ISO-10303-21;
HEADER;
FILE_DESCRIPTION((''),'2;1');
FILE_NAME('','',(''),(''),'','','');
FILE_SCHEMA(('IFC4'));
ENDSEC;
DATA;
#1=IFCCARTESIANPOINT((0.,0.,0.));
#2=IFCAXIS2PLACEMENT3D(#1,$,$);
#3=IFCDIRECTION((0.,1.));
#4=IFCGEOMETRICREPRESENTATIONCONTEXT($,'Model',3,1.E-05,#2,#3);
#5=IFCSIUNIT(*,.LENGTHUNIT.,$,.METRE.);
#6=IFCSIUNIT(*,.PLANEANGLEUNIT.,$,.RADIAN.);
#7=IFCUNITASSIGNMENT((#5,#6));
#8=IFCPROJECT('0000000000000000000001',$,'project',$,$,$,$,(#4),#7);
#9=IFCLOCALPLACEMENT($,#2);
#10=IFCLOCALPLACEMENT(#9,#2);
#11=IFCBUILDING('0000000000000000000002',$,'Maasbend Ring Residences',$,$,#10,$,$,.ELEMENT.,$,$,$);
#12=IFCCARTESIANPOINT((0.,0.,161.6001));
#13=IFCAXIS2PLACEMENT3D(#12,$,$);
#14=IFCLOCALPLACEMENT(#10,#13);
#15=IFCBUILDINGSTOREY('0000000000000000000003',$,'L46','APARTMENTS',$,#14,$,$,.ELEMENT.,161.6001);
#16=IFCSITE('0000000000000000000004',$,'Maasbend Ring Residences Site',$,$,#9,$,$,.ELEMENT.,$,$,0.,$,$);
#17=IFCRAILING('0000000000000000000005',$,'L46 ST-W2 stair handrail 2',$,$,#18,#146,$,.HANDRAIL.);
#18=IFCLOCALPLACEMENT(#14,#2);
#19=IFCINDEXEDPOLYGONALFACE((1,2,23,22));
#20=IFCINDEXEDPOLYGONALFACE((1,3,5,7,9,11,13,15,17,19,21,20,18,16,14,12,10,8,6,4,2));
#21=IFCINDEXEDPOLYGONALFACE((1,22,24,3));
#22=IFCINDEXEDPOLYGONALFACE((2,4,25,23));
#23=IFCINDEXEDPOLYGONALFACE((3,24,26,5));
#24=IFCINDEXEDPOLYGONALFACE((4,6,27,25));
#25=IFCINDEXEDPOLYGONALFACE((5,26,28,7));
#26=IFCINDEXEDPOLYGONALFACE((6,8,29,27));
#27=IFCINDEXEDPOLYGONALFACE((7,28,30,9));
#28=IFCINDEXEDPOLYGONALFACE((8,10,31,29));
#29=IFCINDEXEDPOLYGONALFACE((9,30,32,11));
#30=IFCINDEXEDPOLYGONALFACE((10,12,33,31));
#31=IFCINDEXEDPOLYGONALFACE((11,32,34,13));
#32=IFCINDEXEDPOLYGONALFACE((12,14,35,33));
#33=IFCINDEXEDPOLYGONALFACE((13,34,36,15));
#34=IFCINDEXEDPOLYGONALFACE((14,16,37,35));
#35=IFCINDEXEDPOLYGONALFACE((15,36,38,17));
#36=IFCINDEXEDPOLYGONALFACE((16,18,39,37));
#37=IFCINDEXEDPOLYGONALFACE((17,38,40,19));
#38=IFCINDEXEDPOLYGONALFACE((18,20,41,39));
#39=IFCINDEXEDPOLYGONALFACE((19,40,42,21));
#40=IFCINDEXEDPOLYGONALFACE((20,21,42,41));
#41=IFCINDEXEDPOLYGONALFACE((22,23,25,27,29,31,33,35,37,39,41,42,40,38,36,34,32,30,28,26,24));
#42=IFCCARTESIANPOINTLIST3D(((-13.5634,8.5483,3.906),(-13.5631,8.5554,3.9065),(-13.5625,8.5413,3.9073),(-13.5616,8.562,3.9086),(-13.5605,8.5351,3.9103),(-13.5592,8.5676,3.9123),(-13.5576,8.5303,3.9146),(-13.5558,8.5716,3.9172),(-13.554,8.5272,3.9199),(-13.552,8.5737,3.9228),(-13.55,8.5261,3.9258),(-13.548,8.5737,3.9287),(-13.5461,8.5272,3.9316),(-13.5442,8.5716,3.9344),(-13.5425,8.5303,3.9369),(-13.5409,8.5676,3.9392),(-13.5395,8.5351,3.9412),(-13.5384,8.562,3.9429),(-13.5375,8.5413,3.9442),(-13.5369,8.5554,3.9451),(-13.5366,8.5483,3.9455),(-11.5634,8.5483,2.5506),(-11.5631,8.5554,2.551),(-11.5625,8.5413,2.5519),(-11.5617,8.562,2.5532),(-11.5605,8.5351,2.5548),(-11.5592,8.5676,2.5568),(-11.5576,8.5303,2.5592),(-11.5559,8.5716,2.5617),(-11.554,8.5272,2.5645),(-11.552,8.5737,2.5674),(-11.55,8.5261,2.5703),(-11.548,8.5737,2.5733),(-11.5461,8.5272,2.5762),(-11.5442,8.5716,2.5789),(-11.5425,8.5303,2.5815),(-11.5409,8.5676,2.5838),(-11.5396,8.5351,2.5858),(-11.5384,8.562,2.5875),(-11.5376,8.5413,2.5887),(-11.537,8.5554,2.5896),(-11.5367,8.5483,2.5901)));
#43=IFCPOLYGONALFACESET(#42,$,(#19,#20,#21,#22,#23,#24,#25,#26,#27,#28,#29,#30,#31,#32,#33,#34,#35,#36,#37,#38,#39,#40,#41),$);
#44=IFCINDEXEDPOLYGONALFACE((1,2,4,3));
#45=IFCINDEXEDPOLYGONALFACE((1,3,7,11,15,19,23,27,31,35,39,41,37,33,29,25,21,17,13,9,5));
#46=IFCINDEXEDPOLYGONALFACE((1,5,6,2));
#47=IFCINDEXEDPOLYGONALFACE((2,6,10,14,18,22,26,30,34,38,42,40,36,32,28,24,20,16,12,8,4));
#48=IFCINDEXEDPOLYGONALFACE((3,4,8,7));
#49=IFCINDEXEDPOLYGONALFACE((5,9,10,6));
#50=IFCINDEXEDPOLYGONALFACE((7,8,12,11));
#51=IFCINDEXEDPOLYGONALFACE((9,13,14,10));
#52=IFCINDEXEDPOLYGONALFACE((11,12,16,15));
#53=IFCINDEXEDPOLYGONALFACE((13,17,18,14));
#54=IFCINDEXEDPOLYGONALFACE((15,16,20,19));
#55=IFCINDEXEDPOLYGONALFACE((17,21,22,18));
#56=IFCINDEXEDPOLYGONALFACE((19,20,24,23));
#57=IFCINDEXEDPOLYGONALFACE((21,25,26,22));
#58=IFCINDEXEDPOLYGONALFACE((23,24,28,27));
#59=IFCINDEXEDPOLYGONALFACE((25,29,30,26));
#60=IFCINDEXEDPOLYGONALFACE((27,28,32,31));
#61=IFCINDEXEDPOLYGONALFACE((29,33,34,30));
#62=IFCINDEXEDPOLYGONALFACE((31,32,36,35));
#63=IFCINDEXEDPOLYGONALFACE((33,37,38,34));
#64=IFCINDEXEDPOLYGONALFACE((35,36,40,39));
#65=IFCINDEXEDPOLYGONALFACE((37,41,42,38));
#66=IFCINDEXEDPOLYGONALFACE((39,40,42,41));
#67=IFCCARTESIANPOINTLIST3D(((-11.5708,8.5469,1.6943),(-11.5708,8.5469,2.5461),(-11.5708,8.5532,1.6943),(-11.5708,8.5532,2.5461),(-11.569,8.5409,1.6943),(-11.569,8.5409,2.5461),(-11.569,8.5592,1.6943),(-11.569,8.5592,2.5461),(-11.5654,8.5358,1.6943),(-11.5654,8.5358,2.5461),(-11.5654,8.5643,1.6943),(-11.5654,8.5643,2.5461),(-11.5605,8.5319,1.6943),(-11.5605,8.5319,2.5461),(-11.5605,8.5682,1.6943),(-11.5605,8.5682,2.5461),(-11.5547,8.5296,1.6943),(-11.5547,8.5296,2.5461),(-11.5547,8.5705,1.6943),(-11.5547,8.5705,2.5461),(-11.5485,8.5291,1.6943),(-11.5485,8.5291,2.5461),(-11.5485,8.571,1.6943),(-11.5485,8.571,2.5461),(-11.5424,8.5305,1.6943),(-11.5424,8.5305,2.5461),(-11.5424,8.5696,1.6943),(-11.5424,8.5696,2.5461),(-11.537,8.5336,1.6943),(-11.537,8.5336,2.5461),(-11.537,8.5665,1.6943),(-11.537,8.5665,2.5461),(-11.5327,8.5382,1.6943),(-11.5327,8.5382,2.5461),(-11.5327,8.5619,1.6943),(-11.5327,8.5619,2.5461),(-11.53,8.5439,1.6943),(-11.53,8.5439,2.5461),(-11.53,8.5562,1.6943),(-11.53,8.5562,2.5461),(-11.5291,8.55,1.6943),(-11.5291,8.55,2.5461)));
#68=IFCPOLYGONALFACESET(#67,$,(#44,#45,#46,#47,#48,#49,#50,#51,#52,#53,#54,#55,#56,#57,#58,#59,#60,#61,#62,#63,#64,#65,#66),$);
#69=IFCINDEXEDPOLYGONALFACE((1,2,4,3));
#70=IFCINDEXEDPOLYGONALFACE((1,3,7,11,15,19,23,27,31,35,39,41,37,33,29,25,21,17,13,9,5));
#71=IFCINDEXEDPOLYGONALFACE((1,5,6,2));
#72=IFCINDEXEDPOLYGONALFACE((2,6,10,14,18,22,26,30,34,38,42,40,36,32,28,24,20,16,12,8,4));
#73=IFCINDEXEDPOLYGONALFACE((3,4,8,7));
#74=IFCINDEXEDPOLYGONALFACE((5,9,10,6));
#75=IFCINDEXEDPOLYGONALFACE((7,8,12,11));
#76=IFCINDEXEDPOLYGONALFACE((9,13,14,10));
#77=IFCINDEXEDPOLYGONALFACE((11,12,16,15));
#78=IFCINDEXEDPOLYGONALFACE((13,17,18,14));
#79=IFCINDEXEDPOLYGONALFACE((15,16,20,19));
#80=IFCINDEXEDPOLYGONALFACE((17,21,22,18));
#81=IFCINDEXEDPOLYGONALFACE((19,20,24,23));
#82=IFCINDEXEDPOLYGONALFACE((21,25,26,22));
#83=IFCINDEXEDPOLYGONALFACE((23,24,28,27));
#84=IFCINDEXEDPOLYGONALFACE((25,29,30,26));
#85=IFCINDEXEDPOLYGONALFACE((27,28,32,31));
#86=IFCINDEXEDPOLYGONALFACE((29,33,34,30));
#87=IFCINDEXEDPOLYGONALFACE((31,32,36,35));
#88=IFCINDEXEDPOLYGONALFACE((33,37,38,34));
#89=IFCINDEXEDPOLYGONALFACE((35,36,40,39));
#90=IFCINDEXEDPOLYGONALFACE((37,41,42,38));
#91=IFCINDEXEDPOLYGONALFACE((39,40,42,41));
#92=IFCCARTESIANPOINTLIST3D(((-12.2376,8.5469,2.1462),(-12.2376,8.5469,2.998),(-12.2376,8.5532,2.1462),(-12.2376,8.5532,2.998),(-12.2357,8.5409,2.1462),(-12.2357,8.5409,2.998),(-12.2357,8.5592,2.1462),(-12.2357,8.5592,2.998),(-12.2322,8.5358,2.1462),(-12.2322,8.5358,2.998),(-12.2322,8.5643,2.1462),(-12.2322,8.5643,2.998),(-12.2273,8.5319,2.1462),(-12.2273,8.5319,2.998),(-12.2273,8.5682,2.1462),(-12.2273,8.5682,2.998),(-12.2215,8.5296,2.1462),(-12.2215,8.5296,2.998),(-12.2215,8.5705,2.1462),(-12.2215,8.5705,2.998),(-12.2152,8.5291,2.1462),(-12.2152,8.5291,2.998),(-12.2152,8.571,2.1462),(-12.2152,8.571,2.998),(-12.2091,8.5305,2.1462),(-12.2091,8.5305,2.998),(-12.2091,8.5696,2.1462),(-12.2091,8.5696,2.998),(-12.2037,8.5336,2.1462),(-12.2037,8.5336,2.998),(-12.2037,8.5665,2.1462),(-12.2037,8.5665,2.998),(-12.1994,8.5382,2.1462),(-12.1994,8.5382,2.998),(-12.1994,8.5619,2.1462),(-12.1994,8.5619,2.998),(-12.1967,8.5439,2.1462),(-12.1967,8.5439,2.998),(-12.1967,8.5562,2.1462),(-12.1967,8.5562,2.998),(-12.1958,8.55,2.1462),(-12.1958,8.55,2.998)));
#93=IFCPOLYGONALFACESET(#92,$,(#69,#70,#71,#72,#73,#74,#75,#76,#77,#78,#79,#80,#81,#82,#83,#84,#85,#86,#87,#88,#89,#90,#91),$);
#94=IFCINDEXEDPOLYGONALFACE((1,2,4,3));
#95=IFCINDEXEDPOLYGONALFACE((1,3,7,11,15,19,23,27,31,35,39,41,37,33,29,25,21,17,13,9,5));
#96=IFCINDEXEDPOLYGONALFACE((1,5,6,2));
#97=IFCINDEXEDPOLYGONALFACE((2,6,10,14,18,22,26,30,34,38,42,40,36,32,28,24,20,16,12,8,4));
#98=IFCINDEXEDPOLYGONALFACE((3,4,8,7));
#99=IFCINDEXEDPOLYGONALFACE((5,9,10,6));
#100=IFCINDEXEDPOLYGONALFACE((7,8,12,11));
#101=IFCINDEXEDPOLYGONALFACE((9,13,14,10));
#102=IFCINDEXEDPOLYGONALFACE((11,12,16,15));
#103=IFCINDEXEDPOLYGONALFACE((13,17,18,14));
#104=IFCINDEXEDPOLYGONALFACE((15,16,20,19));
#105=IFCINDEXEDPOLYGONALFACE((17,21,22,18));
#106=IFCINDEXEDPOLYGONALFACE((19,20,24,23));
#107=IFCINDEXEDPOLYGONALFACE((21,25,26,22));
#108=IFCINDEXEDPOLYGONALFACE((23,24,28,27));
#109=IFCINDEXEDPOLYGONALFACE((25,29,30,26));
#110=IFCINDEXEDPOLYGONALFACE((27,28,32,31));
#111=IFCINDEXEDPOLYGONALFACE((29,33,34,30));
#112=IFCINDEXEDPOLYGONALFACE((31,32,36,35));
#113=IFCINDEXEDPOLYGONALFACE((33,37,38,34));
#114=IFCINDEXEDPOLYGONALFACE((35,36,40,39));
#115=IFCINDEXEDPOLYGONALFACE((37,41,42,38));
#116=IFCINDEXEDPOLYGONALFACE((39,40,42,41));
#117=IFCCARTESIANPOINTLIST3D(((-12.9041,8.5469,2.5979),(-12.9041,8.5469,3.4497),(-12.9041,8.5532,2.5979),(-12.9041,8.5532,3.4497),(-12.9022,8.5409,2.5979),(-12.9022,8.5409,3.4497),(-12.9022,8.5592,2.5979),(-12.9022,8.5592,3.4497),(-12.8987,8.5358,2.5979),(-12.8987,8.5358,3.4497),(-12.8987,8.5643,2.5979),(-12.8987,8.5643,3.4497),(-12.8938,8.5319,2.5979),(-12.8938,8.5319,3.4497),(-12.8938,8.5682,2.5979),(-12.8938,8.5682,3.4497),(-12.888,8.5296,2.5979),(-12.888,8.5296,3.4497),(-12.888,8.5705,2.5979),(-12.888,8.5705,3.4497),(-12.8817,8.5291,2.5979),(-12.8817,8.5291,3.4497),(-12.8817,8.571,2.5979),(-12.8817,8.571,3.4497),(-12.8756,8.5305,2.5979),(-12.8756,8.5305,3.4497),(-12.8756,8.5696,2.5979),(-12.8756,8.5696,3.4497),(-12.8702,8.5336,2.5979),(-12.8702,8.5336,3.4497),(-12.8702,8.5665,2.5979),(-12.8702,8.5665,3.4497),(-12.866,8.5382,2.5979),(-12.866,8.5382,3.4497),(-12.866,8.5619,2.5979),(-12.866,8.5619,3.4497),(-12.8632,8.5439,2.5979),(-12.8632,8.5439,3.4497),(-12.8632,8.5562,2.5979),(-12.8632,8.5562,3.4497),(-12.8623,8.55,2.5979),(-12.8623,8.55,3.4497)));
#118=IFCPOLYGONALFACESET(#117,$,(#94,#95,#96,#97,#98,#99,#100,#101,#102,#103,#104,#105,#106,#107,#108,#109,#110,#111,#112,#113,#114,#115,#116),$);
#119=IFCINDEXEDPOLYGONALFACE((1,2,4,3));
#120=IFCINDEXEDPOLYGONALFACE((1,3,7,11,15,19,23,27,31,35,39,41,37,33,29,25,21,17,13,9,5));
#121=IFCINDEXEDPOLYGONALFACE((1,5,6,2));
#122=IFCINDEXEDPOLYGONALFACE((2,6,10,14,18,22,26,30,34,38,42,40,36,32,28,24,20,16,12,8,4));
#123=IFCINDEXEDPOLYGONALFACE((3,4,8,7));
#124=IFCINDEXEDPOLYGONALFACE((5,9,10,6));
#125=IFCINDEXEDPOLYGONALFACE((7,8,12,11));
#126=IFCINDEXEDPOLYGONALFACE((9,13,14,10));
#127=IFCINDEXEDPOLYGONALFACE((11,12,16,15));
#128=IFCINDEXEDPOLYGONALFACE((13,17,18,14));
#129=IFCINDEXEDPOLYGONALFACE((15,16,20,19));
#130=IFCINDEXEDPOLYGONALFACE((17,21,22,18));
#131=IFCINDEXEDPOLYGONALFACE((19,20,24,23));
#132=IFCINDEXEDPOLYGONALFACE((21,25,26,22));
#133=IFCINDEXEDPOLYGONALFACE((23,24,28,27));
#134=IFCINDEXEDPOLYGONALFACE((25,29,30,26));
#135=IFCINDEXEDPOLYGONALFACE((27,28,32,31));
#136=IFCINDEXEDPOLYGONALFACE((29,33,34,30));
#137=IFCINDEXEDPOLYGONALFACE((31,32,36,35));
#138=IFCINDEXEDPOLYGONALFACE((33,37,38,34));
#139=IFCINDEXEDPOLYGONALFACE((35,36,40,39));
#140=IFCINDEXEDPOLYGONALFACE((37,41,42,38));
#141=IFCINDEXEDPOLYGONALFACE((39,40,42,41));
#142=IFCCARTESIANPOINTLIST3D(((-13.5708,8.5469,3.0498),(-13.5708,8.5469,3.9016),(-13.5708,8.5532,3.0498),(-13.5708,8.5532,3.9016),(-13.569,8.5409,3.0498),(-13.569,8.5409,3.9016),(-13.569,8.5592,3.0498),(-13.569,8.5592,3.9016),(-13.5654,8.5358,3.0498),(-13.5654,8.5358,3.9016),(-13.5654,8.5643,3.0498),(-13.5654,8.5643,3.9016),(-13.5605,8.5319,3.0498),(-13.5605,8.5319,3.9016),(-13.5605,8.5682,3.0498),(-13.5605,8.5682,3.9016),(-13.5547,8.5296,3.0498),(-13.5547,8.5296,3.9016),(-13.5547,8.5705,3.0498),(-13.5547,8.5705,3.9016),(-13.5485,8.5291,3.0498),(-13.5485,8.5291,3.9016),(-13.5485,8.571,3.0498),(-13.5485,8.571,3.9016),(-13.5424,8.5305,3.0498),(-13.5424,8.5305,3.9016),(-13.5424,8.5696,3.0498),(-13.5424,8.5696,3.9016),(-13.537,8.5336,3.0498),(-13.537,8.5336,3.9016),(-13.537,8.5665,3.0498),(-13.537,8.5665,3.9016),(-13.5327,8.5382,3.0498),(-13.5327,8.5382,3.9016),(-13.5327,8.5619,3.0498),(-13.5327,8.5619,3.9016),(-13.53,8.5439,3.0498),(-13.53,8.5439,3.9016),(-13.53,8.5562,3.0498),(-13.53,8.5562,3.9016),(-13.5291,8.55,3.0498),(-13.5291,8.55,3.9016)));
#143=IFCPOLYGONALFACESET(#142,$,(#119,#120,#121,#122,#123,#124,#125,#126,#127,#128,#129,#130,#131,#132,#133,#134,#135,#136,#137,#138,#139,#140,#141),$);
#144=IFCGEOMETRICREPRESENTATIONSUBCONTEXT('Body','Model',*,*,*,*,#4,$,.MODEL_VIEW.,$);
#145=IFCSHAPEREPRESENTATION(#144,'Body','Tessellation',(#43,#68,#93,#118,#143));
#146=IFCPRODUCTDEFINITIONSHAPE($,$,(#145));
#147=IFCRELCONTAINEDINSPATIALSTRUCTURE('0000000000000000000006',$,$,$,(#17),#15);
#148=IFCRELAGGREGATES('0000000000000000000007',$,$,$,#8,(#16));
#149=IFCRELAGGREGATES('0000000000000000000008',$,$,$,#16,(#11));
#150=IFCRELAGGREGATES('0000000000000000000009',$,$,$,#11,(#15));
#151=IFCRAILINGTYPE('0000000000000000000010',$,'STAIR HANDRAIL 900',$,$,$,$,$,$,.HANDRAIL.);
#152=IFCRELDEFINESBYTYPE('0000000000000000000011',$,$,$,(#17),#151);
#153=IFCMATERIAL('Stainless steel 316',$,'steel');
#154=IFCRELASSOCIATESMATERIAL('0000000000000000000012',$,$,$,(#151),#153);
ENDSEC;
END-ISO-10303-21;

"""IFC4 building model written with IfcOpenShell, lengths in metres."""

from ifc_helpers import new_model, si_unit, direction, frame, origin, origin_2d, place, context, subcontext, project, spatial, circle, extrude, material, type_object, element, save


model = new_model("IFC4")

# Units and contexts
model_context = context("Model", 3, precision=1e-05, world=origin(), true_north=direction((0.0, 1.0)))
body_context = subcontext(model_context, "Body", "Model", "MODEL_VIEW")
ifc_project = project(units=[si_unit("LENGTHUNIT", "METRE"), si_unit("PLANEANGLEUNIT", "RADIAN")], contexts=[model_context])

# Site, building, storey
site_placement = place(None, origin())
site = spatial("IfcSite", under=ifc_project, at=site_placement, Name="Maasbend Ring Residences Site", CompositionType="ELEMENT", RefElevation=0.0)
building_placement = place(site_placement, origin())
building = spatial("IfcBuilding", under=site, at=building_placement, Name="Maasbend Ring Residences", CompositionType="ELEMENT")
storey_placement = place(building_placement, frame((0.0, 0.0, 161.6001)))
storey = spatial("IfcBuildingStorey", under=building, at=storey_placement, Name="L46", Description="APARTMENTS", CompositionType="ELEMENT", Elevation=161.6001)

# Railing
ifc_material_1 = material(Name="Stainless steel 316", Category="steel")
railing_type = type_object("IfcRailingType", Name="STAIR HANDRAIL 900", PredefinedType="HANDRAIL", material=ifc_material_1)
railing_placement = place(storey_placement, frame((-11.55, 8.55, 1.6943)))
element("IfcRailing", 1, at=railing_placement, inside=storey, type_object=railing_type, Name="L46 ST-W2 stair handrail 2", PredefinedType="HANDRAIL", context=body_context, shape_type="SweptSolid", body=[
    extrude(circle(Radius=0.0239, at=origin_2d()), frame((0.0, 0.0, 0.876), z_axis=(-0.827798, 0.0, 0.561027), x_axis=(0.0, -1.0, 0.0)), (0.0, 0.0, 1.0), 2.416),
    extrude(circle(Radius=0.021, at=origin_2d()), origin(), (0.0, 0.0, 1.0), 0.8518),
    extrude(circle(Radius=0.021, at=origin_2d()), frame((-0.6667, 0.0, 0.4519)), (0.0, 0.0, 1.0), 0.8518),
    extrude(circle(Radius=0.021, at=origin_2d()), frame((-1.3333, 0.0, 0.9036)), (0.0, 0.0, 1.0), 0.8518),
    extrude(circle(Radius=0.021, at=origin_2d()), frame((-2.0, 0.0, 1.3555)), (0.0, 0.0, 1.0), 0.8518),
])

save(model, "model.ifc")
